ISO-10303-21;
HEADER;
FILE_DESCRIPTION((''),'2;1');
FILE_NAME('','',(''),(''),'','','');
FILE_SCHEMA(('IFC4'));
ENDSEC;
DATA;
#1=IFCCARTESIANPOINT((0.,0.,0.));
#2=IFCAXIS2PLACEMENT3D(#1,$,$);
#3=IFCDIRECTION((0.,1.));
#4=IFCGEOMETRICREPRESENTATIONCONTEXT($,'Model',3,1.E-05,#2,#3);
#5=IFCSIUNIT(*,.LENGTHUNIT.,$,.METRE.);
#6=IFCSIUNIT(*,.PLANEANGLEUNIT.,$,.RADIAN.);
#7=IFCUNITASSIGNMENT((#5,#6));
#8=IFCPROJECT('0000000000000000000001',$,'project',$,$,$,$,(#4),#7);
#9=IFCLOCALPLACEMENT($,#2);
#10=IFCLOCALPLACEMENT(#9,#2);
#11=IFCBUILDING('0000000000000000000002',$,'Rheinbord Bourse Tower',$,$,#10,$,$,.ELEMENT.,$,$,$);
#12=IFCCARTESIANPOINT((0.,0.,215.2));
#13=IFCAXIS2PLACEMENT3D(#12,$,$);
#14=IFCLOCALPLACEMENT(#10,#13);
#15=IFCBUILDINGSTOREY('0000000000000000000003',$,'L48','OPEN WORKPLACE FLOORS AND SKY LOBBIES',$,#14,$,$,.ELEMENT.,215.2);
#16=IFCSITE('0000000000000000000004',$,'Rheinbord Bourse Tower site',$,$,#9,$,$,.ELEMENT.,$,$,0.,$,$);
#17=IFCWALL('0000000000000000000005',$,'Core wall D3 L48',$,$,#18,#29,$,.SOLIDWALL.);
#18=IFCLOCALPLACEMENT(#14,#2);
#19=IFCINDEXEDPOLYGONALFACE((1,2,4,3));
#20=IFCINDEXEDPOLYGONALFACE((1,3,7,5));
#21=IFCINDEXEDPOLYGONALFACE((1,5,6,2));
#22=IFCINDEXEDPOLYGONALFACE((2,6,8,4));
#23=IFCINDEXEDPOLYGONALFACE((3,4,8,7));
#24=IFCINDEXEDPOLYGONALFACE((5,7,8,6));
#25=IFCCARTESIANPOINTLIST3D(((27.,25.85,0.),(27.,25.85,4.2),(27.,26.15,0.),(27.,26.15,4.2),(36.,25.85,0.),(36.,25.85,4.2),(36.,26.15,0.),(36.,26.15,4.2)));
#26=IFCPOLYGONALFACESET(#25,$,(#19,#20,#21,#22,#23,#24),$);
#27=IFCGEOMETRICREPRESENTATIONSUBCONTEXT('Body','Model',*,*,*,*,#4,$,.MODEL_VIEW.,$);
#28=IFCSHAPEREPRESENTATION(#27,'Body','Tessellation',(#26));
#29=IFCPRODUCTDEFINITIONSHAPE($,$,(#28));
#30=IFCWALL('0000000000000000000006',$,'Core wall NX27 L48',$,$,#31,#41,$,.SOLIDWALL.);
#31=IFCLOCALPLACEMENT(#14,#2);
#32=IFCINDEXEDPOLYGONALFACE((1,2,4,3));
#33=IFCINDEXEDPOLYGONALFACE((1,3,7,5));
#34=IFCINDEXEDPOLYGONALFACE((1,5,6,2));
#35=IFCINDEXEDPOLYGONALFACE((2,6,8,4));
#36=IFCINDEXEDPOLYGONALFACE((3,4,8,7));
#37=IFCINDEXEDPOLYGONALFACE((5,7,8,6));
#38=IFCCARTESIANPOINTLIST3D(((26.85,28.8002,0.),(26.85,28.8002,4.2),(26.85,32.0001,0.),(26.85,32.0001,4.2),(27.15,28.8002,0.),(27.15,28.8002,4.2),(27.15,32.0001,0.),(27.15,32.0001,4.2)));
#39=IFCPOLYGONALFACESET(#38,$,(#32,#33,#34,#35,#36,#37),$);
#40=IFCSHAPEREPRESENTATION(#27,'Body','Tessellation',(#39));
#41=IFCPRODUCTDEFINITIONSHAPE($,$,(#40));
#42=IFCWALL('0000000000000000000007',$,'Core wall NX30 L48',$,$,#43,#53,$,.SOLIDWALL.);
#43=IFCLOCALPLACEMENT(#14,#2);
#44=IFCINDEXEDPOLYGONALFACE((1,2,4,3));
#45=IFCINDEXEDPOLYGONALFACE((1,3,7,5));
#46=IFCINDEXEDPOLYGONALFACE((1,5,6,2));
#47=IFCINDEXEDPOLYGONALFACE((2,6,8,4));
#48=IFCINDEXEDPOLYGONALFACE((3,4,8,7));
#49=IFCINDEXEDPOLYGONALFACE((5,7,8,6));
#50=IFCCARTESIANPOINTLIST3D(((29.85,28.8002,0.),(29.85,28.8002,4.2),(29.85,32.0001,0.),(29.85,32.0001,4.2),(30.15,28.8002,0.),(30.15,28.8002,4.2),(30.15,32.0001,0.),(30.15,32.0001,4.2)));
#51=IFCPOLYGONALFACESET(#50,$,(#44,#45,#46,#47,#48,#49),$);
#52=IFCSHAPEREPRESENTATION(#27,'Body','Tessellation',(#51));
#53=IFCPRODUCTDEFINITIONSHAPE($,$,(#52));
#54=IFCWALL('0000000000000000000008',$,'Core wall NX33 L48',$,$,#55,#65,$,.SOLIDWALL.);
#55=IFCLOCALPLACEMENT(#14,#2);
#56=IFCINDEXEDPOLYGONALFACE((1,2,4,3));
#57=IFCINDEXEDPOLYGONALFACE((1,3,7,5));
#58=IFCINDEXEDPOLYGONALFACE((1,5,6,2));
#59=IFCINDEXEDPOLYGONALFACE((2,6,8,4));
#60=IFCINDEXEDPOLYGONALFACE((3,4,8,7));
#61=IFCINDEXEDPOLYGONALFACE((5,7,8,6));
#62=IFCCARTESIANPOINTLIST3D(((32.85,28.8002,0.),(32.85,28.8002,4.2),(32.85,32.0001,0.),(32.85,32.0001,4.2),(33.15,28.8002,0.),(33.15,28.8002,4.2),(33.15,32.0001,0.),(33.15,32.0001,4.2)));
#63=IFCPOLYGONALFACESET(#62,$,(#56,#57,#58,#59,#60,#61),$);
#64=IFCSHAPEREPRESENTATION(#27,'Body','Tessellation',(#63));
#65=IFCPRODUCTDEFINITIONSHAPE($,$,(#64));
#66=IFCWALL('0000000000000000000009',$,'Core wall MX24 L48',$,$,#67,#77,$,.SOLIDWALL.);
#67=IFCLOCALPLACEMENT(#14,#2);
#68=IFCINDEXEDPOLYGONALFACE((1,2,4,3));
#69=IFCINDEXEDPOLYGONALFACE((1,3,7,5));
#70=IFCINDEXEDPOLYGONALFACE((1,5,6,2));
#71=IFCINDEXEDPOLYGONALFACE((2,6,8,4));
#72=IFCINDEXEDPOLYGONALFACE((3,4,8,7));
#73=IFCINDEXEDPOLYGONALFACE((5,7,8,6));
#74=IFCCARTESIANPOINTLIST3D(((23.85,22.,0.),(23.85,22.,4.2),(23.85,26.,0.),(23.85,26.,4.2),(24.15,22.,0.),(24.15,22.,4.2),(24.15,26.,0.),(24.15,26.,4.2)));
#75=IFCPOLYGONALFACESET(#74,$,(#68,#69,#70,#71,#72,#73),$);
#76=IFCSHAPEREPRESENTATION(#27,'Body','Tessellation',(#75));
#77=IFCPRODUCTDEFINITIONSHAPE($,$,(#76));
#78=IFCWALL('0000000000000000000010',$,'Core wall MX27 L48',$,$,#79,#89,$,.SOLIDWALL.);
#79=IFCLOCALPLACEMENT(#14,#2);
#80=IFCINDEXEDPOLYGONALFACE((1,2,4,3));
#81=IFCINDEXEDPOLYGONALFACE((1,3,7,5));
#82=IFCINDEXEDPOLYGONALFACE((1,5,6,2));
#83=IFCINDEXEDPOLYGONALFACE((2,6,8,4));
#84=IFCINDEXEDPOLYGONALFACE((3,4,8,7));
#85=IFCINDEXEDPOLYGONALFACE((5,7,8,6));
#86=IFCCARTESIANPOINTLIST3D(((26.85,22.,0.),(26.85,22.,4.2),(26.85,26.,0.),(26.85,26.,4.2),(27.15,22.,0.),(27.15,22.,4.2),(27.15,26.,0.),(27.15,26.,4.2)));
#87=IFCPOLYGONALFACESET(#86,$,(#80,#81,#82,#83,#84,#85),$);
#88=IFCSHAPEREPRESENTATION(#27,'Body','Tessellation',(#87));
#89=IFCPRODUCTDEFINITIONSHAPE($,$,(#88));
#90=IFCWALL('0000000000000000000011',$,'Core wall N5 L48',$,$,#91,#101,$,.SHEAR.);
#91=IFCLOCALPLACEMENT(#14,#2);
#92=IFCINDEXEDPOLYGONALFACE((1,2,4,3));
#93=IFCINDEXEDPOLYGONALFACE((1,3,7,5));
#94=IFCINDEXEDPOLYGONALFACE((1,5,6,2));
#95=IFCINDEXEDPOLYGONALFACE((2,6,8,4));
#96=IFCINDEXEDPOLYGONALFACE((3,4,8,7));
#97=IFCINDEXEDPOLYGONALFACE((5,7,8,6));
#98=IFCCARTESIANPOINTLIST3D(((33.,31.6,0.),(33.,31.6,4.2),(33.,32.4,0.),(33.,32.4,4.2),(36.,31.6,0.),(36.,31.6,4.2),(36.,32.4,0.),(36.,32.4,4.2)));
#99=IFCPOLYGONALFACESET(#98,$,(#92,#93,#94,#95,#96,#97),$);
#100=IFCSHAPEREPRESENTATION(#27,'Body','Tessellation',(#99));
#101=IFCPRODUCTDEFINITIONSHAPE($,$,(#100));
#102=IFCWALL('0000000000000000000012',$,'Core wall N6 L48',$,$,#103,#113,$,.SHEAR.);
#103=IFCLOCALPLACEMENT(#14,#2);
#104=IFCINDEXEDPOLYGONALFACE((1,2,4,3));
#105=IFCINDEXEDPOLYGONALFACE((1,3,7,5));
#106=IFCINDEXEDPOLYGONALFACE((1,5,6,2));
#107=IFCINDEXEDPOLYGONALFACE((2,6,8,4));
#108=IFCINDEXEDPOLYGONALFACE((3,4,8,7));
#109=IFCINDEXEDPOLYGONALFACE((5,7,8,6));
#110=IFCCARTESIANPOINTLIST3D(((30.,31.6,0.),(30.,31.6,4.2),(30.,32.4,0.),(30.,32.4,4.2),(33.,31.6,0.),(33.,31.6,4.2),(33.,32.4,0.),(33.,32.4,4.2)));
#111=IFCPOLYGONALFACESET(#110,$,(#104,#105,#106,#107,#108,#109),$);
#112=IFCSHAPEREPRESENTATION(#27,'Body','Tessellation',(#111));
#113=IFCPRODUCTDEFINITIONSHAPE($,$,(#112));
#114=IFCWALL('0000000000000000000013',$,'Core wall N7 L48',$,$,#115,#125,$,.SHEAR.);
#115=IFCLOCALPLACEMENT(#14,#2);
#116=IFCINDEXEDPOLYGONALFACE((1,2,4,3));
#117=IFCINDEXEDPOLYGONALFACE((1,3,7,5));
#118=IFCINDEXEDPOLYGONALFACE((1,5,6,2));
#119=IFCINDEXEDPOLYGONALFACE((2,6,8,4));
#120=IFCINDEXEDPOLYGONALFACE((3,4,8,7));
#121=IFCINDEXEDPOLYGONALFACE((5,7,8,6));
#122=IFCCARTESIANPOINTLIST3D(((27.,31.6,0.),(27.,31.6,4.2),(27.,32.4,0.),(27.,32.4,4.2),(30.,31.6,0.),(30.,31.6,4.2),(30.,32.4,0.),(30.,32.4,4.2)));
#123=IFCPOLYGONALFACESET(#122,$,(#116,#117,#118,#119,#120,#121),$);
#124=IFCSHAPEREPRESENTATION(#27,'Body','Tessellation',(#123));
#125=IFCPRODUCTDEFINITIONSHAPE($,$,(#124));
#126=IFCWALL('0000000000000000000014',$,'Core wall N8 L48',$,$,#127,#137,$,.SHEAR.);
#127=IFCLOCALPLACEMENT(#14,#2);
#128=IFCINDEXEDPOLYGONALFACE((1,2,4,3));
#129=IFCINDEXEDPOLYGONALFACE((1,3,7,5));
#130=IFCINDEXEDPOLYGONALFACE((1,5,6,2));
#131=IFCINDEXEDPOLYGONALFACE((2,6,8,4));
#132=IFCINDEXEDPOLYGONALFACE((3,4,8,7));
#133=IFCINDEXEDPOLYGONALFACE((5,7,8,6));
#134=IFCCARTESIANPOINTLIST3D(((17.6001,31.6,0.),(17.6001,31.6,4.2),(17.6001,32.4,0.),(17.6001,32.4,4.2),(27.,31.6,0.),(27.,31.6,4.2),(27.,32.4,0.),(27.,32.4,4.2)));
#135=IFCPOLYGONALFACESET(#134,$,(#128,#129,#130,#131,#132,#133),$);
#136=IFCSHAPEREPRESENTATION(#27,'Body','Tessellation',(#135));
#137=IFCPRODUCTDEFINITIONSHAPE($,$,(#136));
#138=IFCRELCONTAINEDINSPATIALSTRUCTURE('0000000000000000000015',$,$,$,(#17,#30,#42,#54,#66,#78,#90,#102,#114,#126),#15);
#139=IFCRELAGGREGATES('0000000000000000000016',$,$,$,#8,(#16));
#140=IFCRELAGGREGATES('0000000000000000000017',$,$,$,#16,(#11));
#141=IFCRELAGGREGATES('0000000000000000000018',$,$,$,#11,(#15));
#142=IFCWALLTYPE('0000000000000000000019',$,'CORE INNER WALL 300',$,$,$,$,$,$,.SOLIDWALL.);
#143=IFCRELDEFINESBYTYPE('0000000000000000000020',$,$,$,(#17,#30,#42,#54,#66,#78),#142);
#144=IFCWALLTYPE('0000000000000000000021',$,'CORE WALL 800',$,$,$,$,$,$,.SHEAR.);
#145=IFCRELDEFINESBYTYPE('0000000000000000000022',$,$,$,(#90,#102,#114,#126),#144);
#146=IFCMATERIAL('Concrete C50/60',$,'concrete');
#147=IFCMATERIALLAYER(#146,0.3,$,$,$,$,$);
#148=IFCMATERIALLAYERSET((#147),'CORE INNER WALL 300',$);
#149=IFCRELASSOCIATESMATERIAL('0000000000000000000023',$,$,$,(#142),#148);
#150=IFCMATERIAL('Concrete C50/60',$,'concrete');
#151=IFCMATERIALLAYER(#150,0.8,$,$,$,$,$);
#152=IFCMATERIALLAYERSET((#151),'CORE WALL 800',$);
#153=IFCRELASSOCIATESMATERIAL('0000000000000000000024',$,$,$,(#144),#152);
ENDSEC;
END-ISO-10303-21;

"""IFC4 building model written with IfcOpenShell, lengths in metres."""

from ifc_helpers import new_model, si_unit, direction, frame, frame_2d, origin, place, context, subcontext, project, spatial, rectangle, extrude, material, layer, layer_set, type_object, element, save


model = new_model("IFC4")

# Units and contexts
model_context = context("Model", 3, precision=1e-05, world=origin(), true_north=direction((0.0, 1.0)))
body_context = subcontext(model_context, "Body", "Model", "MODEL_VIEW")
ifc_project = project(units=[si_unit("LENGTHUNIT", "METRE"), si_unit("PLANEANGLEUNIT", "RADIAN")], contexts=[model_context])

# Site, building, storey
site_placement = place(None, origin())
site = spatial("IfcSite", under=ifc_project, at=site_placement, Name="Rheinbord Bourse Tower site", CompositionType="ELEMENT", RefElevation=0.0)
building_placement = place(site_placement, origin())
building = spatial("IfcBuilding", under=site, at=building_placement, Name="Rheinbord Bourse Tower", CompositionType="ELEMENT")
storey_placement = place(building_placement, frame((0.0, 0.0, 215.2)))
storey = spatial("IfcBuildingStorey", under=building, at=storey_placement, Name="L48", Description="OPEN WORKPLACE FLOORS AND SKY LOBBIES", CompositionType="ELEMENT", Elevation=215.2)

# Shared definitions
ifc_material_1 = material(Name="Concrete C50/60", Category="concrete")
ifc_layer_1 = layer(ifc_material_1, 0.3)
ifc_layer_set_1 = layer_set([ifc_layer_1], Name="CORE INNER WALL 300")
wall_type_1 = type_object("IfcWallType", Name="CORE INNER WALL 300", PredefinedType="SOLIDWALL", material=ifc_layer_set_1)

# Walls
wall_1_placement = place(storey_placement, frame((27.0, 26.0, 0.0), z_axis=(0.0, 0.0, 1.0), x_axis=(1.0, 0.0, 0.0)))
element("IfcWall", 1, at=wall_1_placement, inside=storey, type_object=wall_type_1, Name="Core wall D3 L48", PredefinedType="SOLIDWALL", context=body_context, shape_type="SweptSolid", body=[
    extrude(rectangle(XDim=9.0, YDim=0.3, at=frame_2d((4.5, 0.0))), origin(), (0.0, 0.0, 1.0), 4.2),
])
for number, where, z_axis, x_axis, name in (
    (2, (27.0, 28.8, 0.0), (0.0, 0.0, 1.0), (0.0, 1.0, 0.0), "Core wall NX27 L48"),
    (3, (30.0, 28.8, 0.0), (0.0, 0.0, 1.0), (0.0, 1.0, 0.0), "Core wall NX30 L48"),
    (4, (33.0, 28.8, 0.0), (0.0, 0.0, 1.0), (0.0, 1.0, 0.0), "Core wall NX33 L48"),
):
    element("IfcWall", number, at=place(storey_placement, frame(where, z_axis=z_axis, x_axis=x_axis)), inside=storey, type_object=wall_type_1, Name=name, PredefinedType="SOLIDWALL", context=body_context, shape_type="SweptSolid", body=[
        extrude(rectangle(XDim=3.2, YDim=0.3, at=frame_2d((1.6001, 0.0))), origin(), (0.0, 0.0, 1.0), 4.2),
    ])
for number, where, z_axis, x_axis, name in (
    (5, (24.0, 22.0, 0.0), (0.0, 0.0, 1.0), (0.0, 1.0, 0.0), "Core wall MX24 L48"),
    (6, (27.0, 22.0, 0.0), (0.0, 0.0, 1.0), (0.0, 1.0, 0.0), "Core wall MX27 L48"),
):
    element("IfcWall", number, at=place(storey_placement, frame(where, z_axis=z_axis, x_axis=x_axis)), inside=storey, type_object=wall_type_1, Name=name, PredefinedType="SOLIDWALL", context=body_context, shape_type="SweptSolid", body=[
        extrude(rectangle(XDim=4.0, YDim=0.3, at=frame_2d((2.0, 0.0))), origin(), (0.0, 0.0, 1.0), 4.2),
    ])
ifc_material_2 = material(Name="Concrete C50/60", Category="concrete")
ifc_layer_2 = layer(ifc_material_2, 0.8)
ifc_layer_set_2 = layer_set([ifc_layer_2], Name="CORE WALL 800")
wall_type_2 = type_object("IfcWallType", Name="CORE WALL 800", PredefinedType="SHEAR", material=ifc_layer_set_2)
for number, where, z_axis, x_axis, name in (
    (7, (36.0, 32.0, 0.0), (0.0, 0.0, 1.0), (-1.0, 0.0, 0.0), "Core wall N5 L48"),
    (8, (33.0, 32.0, 0.0), (0.0, 0.0, 1.0), (-1.0, 0.0, 0.0), "Core wall N6 L48"),
    (9, (30.0, 32.0, 0.0), (0.0, 0.0, 1.0), (-1.0, 0.0, 0.0), "Core wall N7 L48"),
):
    element("IfcWall", number, at=place(storey_placement, frame(where, z_axis=z_axis, x_axis=x_axis)), inside=storey, type_object=wall_type_2, Name=name, PredefinedType="SHEAR", context=body_context, shape_type="SweptSolid", body=[
        extrude(rectangle(XDim=3.0, YDim=0.8, at=frame_2d((1.5, 0.0))), origin(), (0.0, 0.0, 1.0), 4.2),
    ])
wall_2_placement = place(storey_placement, frame((27.0, 32.0, 0.0), z_axis=(0.0, 0.0, 1.0), x_axis=(-1.0, 0.0, 0.0)))
element("IfcWall", 10, at=wall_2_placement, inside=storey, type_object=wall_type_2, Name="Core wall N8 L48", PredefinedType="SHEAR", context=body_context, shape_type="SweptSolid", body=[
    extrude(rectangle(XDim=9.3999, YDim=0.8, at=frame_2d((4.7, 0.0))), origin(), (0.0, 0.0, 1.0), 4.2),
])

save(model, "model.ifc")
